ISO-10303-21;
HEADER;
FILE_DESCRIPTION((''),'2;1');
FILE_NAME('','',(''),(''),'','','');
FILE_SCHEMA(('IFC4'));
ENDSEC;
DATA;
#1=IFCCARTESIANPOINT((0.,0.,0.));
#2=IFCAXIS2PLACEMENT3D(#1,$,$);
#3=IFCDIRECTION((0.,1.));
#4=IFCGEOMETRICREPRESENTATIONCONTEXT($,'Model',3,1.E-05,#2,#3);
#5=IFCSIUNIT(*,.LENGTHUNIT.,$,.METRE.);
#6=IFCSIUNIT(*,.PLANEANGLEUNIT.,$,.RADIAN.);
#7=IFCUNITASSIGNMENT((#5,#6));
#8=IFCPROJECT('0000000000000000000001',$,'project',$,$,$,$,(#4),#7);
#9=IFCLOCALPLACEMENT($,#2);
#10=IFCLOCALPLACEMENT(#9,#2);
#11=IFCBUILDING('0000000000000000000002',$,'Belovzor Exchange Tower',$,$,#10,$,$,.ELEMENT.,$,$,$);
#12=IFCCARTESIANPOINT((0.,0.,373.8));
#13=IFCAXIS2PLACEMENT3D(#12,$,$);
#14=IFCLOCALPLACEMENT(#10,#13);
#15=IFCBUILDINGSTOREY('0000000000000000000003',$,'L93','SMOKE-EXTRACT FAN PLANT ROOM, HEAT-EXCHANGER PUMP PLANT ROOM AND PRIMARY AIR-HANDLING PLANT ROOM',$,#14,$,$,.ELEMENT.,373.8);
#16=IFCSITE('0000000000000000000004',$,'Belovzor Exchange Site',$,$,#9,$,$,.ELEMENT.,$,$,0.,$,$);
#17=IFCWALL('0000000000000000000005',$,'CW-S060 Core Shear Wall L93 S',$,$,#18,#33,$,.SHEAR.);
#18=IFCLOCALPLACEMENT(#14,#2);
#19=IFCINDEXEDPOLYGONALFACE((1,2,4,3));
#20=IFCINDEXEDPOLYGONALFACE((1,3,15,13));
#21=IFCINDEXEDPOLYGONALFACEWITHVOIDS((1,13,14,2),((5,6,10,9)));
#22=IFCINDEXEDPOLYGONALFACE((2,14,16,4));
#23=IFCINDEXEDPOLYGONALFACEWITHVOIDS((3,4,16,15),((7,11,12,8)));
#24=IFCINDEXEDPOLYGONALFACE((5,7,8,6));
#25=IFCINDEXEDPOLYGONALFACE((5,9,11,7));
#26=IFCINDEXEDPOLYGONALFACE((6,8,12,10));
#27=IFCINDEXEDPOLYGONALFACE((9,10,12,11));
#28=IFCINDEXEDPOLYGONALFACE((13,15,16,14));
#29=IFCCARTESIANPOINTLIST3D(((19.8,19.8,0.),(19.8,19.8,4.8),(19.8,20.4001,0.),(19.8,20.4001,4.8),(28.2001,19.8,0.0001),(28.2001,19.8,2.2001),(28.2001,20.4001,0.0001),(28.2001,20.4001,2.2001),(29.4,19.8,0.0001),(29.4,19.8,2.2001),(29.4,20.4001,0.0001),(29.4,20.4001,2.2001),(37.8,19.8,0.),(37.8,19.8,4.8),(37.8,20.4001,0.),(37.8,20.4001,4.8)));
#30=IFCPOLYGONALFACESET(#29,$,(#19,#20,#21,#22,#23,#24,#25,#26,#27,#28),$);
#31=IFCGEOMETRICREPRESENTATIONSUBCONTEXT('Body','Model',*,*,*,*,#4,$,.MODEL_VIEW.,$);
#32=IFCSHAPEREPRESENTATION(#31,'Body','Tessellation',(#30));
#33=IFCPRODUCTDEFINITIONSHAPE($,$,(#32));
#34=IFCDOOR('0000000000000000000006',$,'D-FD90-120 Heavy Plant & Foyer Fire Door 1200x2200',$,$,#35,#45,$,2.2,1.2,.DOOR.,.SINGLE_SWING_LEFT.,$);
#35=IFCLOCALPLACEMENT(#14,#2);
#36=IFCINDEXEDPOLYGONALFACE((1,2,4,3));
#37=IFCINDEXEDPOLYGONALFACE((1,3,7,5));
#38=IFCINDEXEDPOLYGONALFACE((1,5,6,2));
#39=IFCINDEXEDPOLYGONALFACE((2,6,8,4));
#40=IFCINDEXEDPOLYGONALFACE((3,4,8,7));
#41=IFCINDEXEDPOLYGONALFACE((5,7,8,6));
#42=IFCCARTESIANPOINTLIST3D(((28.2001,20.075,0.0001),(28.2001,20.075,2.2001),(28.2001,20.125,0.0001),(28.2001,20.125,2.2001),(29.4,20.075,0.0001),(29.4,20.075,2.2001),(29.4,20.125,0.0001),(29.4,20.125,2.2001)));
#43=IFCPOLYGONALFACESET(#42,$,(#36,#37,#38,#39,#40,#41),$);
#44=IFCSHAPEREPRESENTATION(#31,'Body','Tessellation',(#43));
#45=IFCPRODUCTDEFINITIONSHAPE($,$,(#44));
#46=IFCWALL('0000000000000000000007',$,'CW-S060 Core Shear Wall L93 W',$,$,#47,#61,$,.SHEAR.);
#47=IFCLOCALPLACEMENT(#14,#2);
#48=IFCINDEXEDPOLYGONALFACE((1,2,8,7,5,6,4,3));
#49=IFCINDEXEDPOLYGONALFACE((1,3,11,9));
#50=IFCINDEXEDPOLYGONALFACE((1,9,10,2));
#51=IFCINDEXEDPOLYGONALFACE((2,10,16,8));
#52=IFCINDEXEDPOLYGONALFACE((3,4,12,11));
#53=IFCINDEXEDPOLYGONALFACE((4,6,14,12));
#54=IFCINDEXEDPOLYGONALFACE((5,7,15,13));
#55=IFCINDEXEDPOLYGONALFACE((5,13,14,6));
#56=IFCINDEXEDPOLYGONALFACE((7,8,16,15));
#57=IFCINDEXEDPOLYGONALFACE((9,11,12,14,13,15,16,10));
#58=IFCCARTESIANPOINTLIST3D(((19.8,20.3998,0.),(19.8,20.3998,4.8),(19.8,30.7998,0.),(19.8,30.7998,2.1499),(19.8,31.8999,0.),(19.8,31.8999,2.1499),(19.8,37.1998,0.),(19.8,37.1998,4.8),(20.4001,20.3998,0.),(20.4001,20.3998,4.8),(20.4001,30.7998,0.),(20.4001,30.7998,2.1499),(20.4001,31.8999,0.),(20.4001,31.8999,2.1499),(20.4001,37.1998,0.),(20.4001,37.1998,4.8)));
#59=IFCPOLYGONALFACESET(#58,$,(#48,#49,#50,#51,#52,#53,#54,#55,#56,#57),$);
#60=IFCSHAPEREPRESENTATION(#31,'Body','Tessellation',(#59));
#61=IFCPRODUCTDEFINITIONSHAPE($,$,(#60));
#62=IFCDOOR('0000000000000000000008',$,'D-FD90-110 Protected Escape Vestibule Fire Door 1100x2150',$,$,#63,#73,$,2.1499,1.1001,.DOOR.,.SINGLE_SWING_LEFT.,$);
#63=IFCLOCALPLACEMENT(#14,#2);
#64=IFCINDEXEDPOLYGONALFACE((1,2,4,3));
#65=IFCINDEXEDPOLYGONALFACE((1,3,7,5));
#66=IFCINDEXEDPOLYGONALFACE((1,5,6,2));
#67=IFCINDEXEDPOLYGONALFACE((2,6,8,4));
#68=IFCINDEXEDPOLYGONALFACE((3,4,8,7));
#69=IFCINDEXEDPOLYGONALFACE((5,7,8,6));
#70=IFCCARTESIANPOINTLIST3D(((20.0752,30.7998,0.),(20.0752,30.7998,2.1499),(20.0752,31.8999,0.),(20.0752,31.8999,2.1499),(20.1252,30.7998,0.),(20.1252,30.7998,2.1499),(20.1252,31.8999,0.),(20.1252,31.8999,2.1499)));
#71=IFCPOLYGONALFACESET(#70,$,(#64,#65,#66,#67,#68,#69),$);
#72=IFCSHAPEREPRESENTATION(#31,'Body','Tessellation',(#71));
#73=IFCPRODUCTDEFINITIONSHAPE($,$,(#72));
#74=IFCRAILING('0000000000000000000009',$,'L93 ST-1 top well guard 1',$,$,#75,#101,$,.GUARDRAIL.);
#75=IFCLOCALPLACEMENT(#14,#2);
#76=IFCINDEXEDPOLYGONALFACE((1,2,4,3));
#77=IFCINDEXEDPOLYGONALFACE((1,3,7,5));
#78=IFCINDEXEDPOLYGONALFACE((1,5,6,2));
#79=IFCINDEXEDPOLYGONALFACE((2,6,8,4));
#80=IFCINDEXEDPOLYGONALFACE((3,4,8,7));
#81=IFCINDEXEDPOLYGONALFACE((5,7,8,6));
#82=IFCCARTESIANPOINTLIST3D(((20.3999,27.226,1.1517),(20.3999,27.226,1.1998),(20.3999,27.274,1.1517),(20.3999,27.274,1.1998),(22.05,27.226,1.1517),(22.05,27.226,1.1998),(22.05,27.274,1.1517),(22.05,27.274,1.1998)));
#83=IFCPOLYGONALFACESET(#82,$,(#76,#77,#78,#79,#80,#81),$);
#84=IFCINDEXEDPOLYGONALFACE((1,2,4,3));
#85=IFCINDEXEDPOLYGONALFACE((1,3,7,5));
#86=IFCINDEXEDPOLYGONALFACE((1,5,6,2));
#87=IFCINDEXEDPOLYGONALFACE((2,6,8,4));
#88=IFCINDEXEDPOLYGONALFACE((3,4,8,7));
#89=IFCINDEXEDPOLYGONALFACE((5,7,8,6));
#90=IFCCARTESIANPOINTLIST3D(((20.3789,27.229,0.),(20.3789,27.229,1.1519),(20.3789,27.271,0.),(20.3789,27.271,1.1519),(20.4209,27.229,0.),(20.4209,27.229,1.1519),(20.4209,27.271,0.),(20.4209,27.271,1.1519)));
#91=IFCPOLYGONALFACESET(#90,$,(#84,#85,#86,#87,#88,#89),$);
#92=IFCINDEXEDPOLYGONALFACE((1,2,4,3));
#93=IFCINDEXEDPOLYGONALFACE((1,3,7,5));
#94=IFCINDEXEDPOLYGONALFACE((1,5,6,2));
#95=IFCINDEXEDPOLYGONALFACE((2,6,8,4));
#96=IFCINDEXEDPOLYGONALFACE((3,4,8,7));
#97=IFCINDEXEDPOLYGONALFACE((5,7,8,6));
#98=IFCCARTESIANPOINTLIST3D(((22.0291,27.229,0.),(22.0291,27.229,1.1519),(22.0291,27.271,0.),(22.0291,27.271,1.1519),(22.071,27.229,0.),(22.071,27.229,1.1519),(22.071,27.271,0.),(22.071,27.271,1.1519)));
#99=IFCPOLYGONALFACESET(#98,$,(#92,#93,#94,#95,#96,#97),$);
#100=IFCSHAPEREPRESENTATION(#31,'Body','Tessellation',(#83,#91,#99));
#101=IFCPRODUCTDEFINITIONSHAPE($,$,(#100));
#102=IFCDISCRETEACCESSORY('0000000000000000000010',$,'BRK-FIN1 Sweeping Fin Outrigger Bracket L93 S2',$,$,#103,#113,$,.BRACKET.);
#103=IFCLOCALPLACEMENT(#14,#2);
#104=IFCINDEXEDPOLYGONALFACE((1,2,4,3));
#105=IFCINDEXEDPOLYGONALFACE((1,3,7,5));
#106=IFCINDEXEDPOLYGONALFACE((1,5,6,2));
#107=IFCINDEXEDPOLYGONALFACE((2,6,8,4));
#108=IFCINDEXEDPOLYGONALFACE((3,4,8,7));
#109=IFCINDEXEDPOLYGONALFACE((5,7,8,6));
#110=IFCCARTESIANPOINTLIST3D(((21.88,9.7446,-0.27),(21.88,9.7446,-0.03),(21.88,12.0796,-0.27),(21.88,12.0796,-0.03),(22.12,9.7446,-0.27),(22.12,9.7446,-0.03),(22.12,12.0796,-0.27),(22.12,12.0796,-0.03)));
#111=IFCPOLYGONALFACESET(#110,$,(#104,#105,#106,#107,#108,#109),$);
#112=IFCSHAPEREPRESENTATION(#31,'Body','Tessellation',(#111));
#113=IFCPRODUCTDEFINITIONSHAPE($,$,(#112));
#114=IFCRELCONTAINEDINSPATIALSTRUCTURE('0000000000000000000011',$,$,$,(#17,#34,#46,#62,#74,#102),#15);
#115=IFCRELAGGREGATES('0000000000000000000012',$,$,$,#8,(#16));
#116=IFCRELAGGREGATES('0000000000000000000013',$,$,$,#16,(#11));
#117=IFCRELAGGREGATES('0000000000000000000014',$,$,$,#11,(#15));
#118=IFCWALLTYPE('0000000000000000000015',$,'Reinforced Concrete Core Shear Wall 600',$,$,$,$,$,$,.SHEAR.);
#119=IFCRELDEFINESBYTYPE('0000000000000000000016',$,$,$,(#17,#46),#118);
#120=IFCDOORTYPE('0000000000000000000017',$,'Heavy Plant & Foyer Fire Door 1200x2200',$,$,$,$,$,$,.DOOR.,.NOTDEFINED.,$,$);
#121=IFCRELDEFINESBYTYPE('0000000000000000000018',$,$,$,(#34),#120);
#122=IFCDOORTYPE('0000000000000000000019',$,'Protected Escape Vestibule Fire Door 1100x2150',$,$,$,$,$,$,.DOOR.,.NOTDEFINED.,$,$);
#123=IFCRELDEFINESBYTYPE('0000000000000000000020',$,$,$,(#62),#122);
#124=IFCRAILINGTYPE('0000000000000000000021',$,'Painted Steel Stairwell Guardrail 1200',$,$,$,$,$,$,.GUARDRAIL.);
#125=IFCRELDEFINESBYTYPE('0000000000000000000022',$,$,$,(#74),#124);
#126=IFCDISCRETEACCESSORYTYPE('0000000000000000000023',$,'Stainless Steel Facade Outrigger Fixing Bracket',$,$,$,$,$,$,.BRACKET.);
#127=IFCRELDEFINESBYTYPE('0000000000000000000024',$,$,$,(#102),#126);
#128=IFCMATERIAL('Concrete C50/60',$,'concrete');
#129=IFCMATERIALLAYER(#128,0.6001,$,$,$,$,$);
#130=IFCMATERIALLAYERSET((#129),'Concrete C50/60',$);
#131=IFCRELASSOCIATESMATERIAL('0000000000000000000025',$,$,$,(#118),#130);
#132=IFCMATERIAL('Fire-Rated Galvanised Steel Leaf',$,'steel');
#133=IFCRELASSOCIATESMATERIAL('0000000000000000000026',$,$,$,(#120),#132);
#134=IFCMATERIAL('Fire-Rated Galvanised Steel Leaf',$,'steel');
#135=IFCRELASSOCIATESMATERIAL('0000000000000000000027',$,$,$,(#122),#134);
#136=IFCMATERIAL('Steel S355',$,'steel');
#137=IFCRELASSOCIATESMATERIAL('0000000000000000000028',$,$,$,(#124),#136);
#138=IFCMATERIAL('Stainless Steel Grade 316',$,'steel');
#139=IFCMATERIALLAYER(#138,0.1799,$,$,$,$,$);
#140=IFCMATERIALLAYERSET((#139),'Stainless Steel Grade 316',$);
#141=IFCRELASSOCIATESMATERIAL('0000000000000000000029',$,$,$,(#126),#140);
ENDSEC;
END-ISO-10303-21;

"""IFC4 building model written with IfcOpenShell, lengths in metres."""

from ifc_helpers import new_model, si_unit, direction, frame, frame_2d, origin, origin_2d, place, context, subcontext, project, spatial, rectangle, extrude, material, layer, layer_set, type_object, element, fill, save


model = new_model("IFC4")

# Units and contexts
model_context = context("Model", 3, precision=1e-05, world=origin(), true_north=direction((0.0, 1.0)))
body_context = subcontext(model_context, "Body", "Model", "MODEL_VIEW")
ifc_project = project(units=[si_unit("LENGTHUNIT", "METRE"), si_unit("PLANEANGLEUNIT", "RADIAN")], contexts=[model_context])

# Site, building, storey
site_placement = place(None, origin())
site = spatial("IfcSite", under=ifc_project, at=site_placement, Name="Belovzor Exchange Site", CompositionType="ELEMENT", RefElevation=0.0)
building_placement = place(site_placement, origin())
building = spatial("IfcBuilding", under=site, at=building_placement, Name="Belovzor Exchange Tower", CompositionType="ELEMENT")
storey_placement = place(building_placement, frame((0.0, 0.0, 373.8)))
storey = spatial("IfcBuildingStorey", under=building, at=storey_placement, Name="L93", Description="SMOKE-EXTRACT FAN PLANT ROOM, HEAT-EXCHANGER PUMP PLANT ROOM AND PRIMARY AIR-HANDLING PLANT ROOM", CompositionType="ELEMENT", Elevation=373.8)

# Walls, openings, doors
ifc_material_1 = material(Name="Concrete C50/60", Category="concrete")
ifc_layer_1 = layer(ifc_material_1, 0.6001)
ifc_layer_set_1 = layer_set([ifc_layer_1], Name="Concrete C50/60")
wall_type_1 = type_object("IfcWallType", Name="Reinforced Concrete Core Shear Wall 600", PredefinedType="SHEAR", material=ifc_layer_set_1)
wall_1_placement = place(storey_placement, frame((19.8, 20.1001, 0.0), z_axis=(0.0, 0.0, 1.0), x_axis=(1.0, 0.0, 0.0)))
wall_1 = element("IfcWall", 1, at=wall_1_placement, inside=storey, type_object=wall_type_1, Name="CW-S060 Core Shear Wall L93 S", PredefinedType="SHEAR", context=body_context, shape_type="SweptSolid", body=[
    extrude(rectangle(XDim=18.0, YDim=0.6001, at=frame_2d((9.0, 0.0))), origin(), (0.0, 0.0, 1.0), 4.8),
])
opening_1_placement = place(wall_1_placement, frame((8.3999, 0.0, 0.0)))
opening_1 = element("IfcOpeningElement", 2, at=opening_1_placement, cuts=wall_1, PredefinedType="OPENING", context=body_context, shape_type="SweptSolid", body=[
    extrude(rectangle(XDim=1.2, YDim=2.2, at=frame_2d((0.6001, 1.1001))), frame((0.0, 0.3101, 0.0), z_axis=(0.0, -1.0, 0.0), x_axis=(1.0, 0.0, 0.0)), (0.0, 0.0, 1.0), 0.6201),
])
ifc_material_2 = material(Name="Fire-Rated Galvanised Steel Leaf", Category="steel")
door_type_1 = type_object("IfcDoorType", Name="Heavy Plant & Foyer Fire Door 1200x2200", OperationType="NOTDEFINED", PredefinedType="DOOR", material=ifc_material_2)
door_1_placement = place(opening_1_placement, origin())
door_1 = element("IfcDoor", 3, at=door_1_placement, inside=storey, type_object=door_type_1, Name="D-FD90-120 Heavy Plant & Foyer Fire Door 1200x2200", OperationType="SINGLE_SWING_LEFT", OverallHeight=2.2, OverallWidth=1.2, PredefinedType="DOOR", context=body_context, shape_type="SweptSolid", body=[
    extrude(rectangle(XDim=1.2, YDim=2.2, at=frame_2d((0.6001, 1.1001))), frame((0.0, 0.0249, 0.0), z_axis=(0.0, -1.0, 0.0), x_axis=(1.0, 0.0, 0.0)), (0.0, 0.0, 1.0), 0.05),
])
fill(opening_1, door_1)
wall_2_placement = place(storey_placement, frame((20.1001, 20.3999, 0.0), z_axis=(0.0, 0.0, 1.0), x_axis=(0.0, 1.0, 0.0)))
wall_2 = element("IfcWall", 4, at=wall_2_placement, inside=storey, type_object=wall_type_1, Name="CW-S060 Core Shear Wall L93 W", PredefinedType="SHEAR", context=body_context, shape_type="SweptSolid", body=[
    extrude(rectangle(XDim=16.8, YDim=0.6001, at=frame_2d((8.3999, 0.0))), origin(), (0.0, 0.0, 1.0), 4.8),
])
opening_2_placement = place(wall_2_placement, frame((10.3999, 0.0, 0.0)))
opening_2 = element("IfcOpeningElement", 5, at=opening_2_placement, cuts=wall_2, PredefinedType="OPENING", context=body_context, shape_type="SweptSolid", body=[
    extrude(rectangle(XDim=1.1001, YDim=2.1499, at=frame_2d((0.55, 1.075))), frame((0.0, 0.3101, 0.0), z_axis=(0.0, -1.0, 0.0), x_axis=(1.0, 0.0, 0.0)), (0.0, 0.0, 1.0), 0.6201),
])
ifc_material_3 = material(Name="Fire-Rated Galvanised Steel Leaf", Category="steel")
door_type_2 = type_object("IfcDoorType", Name="Protected Escape Vestibule Fire Door 1100x2150", OperationType="NOTDEFINED", PredefinedType="DOOR", material=ifc_material_3)
door_2_placement = place(opening_2_placement, origin())
door_2 = element("IfcDoor", 6, at=door_2_placement, inside=storey, type_object=door_type_2, Name="D-FD90-110 Protected Escape Vestibule Fire Door 1100x2150", OperationType="SINGLE_SWING_LEFT", OverallHeight=2.1499, OverallWidth=1.1001, PredefinedType="DOOR", context=body_context, shape_type="SweptSolid", body=[
    extrude(rectangle(XDim=1.1001, YDim=2.1499, at=frame_2d((0.55, 1.075))), frame((0.0, 0.0249, 0.0), z_axis=(0.0, -1.0, 0.0), x_axis=(1.0, 0.0, 0.0)), (0.0, 0.0, 1.0), 0.05),
])
fill(opening_2, door_2)

# Railing
ifc_material_4 = material(Name="Steel S355", Category="steel")
railing_type = type_object("IfcRailingType", Name="Painted Steel Stairwell Guardrail 1200", PredefinedType="GUARDRAIL", material=ifc_material_4)
railing_placement = place(storey_placement, frame((20.3999, 27.25, 0.0)))
element("IfcRailing", 7, at=railing_placement, inside=storey, type_object=railing_type, Name="L93 ST-1 top well guard 1", PredefinedType="GUARDRAIL", context=body_context, shape_type="SweptSolid", body=[
    extrude(rectangle(XDim=0.0481, YDim=0.0481, at=origin_2d()), frame((0.0, 0.0, 1.1758), z_axis=(1.0, 0.0, 0.0), x_axis=(0.0, 1.0, 0.0)), (0.0, 0.0, 1.0), 1.6501),
    extrude(rectangle(XDim=0.042, YDim=0.042, at=origin_2d()), origin(), (0.0, 0.0, 1.0), 1.1519),
    extrude(rectangle(XDim=0.042, YDim=0.042, at=origin_2d()), frame((1.6501, 0.0, 0.0)), (0.0, 0.0, 1.0), 1.1519),
])

# Discrete accessory
ifc_material_5 = material(Name="Stainless Steel Grade 316", Category="steel")
ifc_layer_2 = layer(ifc_material_5, 0.1799)
ifc_layer_set_2 = layer_set([ifc_layer_2], Name="Stainless Steel Grade 316")
discrete_accessory_type = type_object("IfcDiscreteAccessoryType", Name="Stainless Steel Facade Outrigger Fixing Bracket", PredefinedType="BRACKET", material=ifc_layer_set_2)
discrete_accessory_placement = place(storey_placement, frame((22.0, 10.9121, -0.27), z_axis=(0.0, 0.0, 1.0), x_axis=(0.0, 1.0, 0.0)))
element("IfcDiscreteAccessory", 8, at=discrete_accessory_placement, inside=storey, type_object=discrete_accessory_type, Name="BRK-FIN1 Sweeping Fin Outrigger Bracket L93 S2", PredefinedType="BRACKET", context=body_context, shape_type="SweptSolid", body=[
    extrude(rectangle(XDim=2.335, YDim=0.24, at=origin_2d()), origin(), (0.0, 0.0, 1.0), 0.24),
])

save(model, "model.ifc")
